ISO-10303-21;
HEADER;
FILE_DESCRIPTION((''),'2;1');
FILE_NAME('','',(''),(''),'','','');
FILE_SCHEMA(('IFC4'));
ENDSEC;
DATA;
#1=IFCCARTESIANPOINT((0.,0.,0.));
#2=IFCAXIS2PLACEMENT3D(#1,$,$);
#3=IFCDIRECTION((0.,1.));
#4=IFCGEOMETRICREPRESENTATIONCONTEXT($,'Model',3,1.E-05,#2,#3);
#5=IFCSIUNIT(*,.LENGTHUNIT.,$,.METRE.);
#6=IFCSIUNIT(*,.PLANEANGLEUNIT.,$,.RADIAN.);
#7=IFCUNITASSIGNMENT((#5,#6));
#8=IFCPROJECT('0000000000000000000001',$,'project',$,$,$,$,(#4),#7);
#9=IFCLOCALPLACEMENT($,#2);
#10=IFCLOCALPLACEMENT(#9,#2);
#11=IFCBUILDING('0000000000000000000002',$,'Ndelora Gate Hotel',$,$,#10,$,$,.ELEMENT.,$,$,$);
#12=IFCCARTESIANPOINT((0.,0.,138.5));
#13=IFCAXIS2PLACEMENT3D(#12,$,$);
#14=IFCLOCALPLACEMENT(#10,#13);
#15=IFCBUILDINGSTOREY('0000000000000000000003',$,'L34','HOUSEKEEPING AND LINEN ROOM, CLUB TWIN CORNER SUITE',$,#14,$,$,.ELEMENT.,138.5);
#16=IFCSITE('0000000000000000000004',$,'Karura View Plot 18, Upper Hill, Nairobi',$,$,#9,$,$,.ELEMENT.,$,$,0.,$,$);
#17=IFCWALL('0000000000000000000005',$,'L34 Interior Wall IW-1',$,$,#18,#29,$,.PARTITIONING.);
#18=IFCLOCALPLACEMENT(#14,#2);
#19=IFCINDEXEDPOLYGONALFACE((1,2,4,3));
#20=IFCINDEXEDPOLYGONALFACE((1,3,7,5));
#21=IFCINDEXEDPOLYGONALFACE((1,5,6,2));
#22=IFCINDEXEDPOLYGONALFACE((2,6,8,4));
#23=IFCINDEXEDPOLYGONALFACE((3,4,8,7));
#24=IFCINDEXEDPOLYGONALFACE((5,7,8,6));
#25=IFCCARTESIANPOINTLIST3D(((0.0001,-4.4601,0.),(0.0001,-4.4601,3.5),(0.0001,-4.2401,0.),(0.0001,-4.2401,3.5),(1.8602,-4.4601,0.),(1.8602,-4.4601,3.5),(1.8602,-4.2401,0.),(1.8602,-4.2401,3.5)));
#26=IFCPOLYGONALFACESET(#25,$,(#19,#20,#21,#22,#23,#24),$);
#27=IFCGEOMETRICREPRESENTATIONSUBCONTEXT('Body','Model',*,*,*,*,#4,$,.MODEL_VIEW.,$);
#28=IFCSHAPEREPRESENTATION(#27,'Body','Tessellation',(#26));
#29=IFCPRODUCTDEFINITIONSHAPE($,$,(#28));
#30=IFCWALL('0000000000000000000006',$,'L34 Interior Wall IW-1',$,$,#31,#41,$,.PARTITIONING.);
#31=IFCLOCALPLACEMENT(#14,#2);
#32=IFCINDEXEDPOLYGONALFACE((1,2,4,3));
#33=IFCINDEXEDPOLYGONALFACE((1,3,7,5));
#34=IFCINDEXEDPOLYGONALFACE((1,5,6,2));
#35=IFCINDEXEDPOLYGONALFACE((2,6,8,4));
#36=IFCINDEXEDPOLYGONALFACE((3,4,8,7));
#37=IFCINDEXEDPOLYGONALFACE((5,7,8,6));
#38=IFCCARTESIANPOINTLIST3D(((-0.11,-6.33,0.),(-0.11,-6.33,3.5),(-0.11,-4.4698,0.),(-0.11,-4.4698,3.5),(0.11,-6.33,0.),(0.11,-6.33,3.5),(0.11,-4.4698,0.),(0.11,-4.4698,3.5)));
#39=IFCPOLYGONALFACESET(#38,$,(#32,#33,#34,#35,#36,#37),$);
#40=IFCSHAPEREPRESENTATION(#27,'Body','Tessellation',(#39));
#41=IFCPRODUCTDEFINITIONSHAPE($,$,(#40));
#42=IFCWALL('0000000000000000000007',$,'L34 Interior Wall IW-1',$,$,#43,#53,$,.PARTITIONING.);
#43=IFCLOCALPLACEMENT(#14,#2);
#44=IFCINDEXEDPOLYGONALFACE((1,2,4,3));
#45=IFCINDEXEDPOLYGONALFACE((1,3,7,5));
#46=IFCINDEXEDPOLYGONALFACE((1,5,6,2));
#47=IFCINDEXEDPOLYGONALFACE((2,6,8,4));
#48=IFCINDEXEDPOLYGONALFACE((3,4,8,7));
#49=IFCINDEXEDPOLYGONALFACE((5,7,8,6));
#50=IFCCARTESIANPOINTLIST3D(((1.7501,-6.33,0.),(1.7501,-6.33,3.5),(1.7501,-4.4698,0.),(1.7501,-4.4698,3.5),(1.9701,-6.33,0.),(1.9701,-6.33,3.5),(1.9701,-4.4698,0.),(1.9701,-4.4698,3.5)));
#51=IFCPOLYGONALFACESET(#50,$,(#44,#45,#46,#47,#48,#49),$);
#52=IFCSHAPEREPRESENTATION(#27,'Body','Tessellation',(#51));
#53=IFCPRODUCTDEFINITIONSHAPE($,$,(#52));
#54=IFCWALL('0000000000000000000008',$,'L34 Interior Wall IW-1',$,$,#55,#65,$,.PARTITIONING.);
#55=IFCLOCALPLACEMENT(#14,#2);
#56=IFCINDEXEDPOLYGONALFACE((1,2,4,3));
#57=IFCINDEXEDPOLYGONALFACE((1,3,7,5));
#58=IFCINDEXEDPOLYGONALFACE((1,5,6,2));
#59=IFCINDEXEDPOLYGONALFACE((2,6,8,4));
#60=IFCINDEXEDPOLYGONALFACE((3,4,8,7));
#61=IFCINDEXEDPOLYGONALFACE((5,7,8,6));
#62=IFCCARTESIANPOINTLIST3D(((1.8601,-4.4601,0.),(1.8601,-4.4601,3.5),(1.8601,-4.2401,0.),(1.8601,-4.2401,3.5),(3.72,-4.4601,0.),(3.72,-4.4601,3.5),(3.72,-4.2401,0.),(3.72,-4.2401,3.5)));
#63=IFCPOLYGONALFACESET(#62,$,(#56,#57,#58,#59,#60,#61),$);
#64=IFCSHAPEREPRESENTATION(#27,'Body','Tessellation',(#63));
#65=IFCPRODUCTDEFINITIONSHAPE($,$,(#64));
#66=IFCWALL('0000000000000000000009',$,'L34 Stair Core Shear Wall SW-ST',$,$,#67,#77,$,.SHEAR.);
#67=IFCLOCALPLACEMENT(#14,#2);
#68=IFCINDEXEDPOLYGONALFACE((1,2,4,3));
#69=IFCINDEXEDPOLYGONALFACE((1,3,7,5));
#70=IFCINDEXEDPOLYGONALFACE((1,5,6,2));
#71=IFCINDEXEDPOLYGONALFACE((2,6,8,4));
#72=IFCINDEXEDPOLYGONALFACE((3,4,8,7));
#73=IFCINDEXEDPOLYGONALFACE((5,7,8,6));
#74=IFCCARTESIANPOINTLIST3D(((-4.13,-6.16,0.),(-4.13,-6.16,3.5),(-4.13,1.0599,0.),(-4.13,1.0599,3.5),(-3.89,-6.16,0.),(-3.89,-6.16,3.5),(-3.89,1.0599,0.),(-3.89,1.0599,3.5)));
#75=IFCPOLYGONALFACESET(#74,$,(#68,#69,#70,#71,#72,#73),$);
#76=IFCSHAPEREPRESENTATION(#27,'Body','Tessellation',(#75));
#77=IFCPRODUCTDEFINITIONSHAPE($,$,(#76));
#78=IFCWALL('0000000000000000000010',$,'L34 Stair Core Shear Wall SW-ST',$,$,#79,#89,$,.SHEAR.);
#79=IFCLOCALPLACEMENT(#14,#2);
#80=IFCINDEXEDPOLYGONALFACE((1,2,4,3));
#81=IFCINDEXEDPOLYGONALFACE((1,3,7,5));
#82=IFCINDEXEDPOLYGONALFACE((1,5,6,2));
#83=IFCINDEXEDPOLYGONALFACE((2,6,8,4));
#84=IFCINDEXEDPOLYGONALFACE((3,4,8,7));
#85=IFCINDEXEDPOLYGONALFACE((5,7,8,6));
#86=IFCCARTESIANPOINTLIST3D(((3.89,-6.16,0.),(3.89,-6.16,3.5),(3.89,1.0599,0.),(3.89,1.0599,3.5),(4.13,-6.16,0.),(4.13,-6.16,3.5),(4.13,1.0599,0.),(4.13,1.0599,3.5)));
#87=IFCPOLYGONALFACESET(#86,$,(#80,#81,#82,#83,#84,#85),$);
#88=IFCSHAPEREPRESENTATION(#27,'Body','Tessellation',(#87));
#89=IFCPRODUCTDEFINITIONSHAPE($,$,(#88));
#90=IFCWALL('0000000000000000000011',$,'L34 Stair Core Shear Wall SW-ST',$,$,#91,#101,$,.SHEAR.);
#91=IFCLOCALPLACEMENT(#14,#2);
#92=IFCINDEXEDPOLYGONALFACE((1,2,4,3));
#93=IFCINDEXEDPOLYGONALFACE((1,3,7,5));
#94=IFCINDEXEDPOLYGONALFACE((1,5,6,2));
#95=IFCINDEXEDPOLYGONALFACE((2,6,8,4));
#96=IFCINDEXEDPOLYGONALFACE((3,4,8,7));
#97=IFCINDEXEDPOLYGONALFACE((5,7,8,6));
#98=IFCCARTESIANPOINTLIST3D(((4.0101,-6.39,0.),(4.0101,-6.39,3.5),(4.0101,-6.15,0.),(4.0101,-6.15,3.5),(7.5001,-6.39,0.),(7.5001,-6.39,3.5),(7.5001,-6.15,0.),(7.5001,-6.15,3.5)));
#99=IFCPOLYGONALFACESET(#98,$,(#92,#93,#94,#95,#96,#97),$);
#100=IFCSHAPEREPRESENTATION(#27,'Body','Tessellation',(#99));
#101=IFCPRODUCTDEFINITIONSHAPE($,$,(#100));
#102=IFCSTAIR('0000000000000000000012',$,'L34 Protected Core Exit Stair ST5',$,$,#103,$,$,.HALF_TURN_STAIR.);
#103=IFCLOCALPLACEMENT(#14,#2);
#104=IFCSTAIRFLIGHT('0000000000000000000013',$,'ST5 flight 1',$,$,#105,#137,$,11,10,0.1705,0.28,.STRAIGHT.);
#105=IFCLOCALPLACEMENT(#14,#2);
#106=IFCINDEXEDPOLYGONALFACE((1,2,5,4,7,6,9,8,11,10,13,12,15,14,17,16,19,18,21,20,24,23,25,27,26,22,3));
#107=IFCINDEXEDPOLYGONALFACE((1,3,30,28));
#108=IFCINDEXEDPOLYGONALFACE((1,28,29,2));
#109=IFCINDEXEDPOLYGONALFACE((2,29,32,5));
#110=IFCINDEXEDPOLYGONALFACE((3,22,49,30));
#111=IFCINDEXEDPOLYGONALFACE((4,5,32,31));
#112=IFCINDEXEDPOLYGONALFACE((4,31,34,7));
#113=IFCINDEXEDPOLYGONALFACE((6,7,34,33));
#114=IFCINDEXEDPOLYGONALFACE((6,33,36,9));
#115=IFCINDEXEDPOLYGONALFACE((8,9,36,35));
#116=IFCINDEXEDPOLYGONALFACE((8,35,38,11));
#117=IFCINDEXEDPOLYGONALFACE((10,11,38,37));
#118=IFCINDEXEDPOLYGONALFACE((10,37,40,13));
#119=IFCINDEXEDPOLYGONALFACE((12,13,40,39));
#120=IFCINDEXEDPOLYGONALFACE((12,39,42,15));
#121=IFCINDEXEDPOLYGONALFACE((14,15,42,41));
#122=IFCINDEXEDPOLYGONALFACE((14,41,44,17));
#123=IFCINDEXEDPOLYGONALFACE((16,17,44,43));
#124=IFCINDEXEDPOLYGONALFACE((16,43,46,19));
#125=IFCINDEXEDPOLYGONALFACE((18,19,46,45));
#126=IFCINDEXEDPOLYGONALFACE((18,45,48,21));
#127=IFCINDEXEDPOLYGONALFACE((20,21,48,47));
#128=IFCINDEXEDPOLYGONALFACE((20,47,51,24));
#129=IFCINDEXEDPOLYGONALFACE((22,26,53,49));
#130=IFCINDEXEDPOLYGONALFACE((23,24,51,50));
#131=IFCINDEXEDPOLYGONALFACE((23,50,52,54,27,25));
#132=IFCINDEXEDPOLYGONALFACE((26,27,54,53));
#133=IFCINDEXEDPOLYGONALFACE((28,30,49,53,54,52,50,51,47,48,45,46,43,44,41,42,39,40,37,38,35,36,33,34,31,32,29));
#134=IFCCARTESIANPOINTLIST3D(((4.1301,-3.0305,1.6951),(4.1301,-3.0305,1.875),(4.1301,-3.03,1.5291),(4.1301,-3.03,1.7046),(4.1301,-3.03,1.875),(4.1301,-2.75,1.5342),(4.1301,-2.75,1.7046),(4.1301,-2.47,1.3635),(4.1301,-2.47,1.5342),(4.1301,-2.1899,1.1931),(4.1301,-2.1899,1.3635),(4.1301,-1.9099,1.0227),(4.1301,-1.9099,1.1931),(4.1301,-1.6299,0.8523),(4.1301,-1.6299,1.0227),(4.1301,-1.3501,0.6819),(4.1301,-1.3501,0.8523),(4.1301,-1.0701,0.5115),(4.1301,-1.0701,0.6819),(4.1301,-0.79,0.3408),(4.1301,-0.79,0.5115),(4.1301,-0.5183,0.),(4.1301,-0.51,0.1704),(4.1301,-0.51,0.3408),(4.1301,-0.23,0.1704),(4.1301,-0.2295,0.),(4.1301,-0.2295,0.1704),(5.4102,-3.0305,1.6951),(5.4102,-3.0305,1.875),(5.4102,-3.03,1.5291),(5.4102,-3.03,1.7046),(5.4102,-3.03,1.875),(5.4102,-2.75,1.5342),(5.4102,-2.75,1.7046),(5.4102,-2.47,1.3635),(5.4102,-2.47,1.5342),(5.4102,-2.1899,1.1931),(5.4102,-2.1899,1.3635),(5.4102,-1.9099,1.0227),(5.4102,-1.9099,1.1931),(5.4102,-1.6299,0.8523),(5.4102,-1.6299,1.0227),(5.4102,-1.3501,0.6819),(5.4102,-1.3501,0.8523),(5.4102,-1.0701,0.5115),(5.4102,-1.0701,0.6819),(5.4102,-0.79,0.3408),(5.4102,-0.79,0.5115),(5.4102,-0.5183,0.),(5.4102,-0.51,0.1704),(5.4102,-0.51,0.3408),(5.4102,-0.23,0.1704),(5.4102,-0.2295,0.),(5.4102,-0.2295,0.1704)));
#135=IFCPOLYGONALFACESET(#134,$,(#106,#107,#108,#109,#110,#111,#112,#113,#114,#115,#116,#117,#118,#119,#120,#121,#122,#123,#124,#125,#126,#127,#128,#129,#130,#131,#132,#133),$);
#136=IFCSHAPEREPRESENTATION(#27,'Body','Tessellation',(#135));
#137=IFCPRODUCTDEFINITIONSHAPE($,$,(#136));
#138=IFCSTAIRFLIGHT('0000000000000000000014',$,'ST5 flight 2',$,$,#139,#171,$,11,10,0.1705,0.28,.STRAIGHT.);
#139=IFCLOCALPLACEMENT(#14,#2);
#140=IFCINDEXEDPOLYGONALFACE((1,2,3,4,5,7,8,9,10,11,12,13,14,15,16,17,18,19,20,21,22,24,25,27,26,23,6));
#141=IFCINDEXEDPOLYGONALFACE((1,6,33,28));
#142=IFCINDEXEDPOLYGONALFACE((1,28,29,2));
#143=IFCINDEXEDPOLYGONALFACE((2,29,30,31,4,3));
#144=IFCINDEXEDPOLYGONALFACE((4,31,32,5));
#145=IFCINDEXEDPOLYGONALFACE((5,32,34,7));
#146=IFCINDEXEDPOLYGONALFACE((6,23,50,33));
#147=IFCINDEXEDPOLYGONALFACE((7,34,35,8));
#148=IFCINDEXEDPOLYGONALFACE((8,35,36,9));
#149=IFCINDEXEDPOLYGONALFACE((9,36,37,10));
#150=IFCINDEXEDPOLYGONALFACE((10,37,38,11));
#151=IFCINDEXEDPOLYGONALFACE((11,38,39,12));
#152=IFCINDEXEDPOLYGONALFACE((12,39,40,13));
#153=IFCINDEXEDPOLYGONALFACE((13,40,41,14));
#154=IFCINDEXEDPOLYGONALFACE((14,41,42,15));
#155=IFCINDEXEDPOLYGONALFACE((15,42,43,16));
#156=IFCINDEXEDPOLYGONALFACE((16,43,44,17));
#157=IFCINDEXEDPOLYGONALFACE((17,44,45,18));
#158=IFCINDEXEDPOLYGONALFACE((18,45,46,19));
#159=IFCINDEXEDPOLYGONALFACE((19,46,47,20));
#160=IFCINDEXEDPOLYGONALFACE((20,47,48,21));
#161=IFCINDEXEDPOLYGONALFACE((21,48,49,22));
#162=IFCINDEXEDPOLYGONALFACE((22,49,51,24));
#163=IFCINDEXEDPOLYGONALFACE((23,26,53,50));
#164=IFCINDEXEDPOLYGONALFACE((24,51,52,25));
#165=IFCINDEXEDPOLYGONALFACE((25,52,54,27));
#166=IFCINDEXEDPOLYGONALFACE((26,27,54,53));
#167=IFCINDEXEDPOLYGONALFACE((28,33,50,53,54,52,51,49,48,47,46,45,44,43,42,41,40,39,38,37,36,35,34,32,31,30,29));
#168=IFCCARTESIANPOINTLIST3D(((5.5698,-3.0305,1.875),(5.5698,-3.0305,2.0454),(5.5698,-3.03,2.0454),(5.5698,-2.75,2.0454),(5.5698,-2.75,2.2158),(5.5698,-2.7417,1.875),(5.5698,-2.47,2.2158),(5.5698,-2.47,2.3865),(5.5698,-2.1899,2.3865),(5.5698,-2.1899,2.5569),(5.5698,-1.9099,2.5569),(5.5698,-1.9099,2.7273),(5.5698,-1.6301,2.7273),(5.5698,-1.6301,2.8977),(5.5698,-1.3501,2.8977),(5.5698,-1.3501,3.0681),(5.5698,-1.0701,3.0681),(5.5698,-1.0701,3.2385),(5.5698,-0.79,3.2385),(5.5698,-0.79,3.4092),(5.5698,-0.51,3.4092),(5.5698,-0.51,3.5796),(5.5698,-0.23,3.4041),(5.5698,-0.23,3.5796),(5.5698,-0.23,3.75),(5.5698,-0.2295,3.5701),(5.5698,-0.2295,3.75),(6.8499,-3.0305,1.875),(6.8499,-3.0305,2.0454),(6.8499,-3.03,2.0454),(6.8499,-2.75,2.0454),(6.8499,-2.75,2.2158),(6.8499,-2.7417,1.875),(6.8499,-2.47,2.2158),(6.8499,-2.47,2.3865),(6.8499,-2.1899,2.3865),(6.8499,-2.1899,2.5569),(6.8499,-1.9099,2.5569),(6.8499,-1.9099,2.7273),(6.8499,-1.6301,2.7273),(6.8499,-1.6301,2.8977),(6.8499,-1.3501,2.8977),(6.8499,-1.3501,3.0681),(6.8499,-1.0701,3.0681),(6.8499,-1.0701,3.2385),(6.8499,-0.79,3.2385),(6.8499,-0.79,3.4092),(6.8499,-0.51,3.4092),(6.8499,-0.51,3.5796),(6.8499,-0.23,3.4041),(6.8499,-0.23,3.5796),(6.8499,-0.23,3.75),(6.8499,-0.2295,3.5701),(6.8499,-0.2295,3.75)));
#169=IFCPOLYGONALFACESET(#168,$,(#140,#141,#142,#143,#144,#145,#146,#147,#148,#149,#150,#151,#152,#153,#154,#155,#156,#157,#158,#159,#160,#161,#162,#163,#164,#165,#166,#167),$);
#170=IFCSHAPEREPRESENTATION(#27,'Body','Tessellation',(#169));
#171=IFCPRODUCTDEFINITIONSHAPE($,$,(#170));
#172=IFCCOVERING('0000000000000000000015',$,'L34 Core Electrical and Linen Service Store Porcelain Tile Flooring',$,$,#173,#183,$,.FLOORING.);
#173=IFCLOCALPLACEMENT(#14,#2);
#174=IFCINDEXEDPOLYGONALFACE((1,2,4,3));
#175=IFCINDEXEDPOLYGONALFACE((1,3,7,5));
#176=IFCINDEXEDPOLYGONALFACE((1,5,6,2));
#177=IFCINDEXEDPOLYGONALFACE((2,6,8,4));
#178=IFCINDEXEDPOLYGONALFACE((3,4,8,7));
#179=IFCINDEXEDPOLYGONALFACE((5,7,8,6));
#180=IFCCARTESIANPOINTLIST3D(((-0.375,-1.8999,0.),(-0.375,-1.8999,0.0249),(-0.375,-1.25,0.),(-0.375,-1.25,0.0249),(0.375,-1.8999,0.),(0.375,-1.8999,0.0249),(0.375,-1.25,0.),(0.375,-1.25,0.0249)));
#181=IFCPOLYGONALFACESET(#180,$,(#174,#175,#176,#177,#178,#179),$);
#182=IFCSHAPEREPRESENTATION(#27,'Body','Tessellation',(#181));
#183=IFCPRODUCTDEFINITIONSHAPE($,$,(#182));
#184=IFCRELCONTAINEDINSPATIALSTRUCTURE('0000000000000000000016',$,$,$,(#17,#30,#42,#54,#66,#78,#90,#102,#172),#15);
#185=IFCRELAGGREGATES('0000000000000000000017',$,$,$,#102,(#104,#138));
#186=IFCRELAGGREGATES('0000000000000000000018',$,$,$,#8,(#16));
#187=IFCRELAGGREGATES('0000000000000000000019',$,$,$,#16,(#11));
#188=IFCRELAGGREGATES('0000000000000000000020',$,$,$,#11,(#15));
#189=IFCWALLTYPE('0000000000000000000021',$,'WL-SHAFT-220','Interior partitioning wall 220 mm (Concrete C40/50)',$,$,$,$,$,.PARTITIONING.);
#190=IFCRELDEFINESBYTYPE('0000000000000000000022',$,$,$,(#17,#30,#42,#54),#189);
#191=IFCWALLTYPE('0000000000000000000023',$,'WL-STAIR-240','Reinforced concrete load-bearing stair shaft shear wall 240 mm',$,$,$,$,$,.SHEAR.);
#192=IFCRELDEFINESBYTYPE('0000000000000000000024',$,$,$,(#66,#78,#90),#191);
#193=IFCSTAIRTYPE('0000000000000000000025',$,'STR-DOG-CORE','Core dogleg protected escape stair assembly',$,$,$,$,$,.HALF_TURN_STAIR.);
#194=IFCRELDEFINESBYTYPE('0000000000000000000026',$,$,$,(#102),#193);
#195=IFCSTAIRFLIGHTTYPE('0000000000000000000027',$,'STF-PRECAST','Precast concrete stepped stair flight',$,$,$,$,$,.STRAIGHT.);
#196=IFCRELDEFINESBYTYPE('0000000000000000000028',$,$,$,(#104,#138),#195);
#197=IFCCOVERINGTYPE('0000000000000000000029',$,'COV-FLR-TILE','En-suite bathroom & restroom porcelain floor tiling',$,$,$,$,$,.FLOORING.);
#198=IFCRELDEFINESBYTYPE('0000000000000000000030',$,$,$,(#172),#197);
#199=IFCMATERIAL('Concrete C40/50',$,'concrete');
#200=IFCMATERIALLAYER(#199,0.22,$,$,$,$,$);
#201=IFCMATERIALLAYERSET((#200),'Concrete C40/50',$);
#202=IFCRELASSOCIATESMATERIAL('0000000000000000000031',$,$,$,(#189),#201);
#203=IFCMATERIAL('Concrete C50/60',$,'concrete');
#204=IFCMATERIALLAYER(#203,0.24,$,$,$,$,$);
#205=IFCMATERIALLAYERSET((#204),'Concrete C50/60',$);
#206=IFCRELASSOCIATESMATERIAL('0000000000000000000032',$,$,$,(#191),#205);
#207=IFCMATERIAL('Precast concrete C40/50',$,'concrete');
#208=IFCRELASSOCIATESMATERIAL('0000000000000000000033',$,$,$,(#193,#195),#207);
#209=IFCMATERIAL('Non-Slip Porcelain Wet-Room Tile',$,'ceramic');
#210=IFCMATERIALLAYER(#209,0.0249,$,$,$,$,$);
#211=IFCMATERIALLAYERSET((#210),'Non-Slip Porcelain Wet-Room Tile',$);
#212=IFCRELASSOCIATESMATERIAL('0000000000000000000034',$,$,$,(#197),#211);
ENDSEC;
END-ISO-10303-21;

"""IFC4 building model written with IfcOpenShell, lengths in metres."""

from ifc_helpers import new_model, si_unit, direction, frame, frame_2d, origin, origin_2d, place, context, subcontext, project, spatial, polyline, rectangle, outline, extrude, material, layer, layer_set, type_object, element, aggregate, save


model = new_model("IFC4")

# Units and contexts
model_context = context("Model", 3, precision=1e-05, world=origin(), true_north=direction((0.0, 1.0)))
body_context = subcontext(model_context, "Body", "Model", "MODEL_VIEW")
ifc_project = project(units=[si_unit("LENGTHUNIT", "METRE"), si_unit("PLANEANGLEUNIT", "RADIAN")], contexts=[model_context])

# Site, building, storey
site_placement = place(None, origin())
site = spatial("IfcSite", under=ifc_project, at=site_placement, Name="Karura View Plot 18, Upper Hill, Nairobi", CompositionType="ELEMENT", RefElevation=0.0)
building_placement = place(site_placement, origin())
building = spatial("IfcBuilding", under=site, at=building_placement, Name="Ndelora Gate Hotel", CompositionType="ELEMENT")
storey_placement = place(building_placement, frame((0.0, 0.0, 138.5)))
storey = spatial("IfcBuildingStorey", under=building, at=storey_placement, Name="L34", Description="HOUSEKEEPING AND LINEN ROOM, CLUB TWIN CORNER SUITE", CompositionType="ELEMENT", Elevation=138.5)

# Walls
ifc_material_1 = material(Name="Concrete C40/50", Category="concrete")
ifc_layer_1 = layer(ifc_material_1, 0.22)
ifc_layer_set_1 = layer_set([ifc_layer_1], Name="Concrete C40/50")
wall_type_1 = type_object("IfcWallType", Name="WL-SHAFT-220", Description="Interior partitioning wall 220 mm (Concrete C40/50)", PredefinedType="PARTITIONING", material=ifc_layer_set_1)
for number, where, z_axis, x_axis, name in (
    (1, (0.0, -4.3501, 0.0), (0.0, 0.0, 1.0), (1.0, 0.0, 0.0), "L34 Interior Wall IW-1"),
    (2, (0.0, -6.3301, 0.0), (0.0, 0.0, 1.0), (0.0, 1.0, 0.0), "L34 Interior Wall IW-1"),
    (3, (1.8601, -6.3301, 0.0), (0.0, 0.0, 1.0), (0.0, 1.0, 0.0), "L34 Interior Wall IW-1"),
):
    element("IfcWall", number, at=place(storey_placement, frame(where, z_axis=z_axis, x_axis=x_axis)), inside=storey, type_object=wall_type_1, Name=name, PredefinedType="PARTITIONING", context=body_context, shape_type="SweptSolid", body=[
        extrude(rectangle(XDim=1.8601, YDim=0.22, at=frame_2d((0.9302, 0.0))), origin(), (0.0, 0.0, 1.0), 3.5),
    ])

# Walls
wall_1_placement = place(storey_placement, frame((1.8601, -4.3501, 0.0), z_axis=(0.0, 0.0, 1.0), x_axis=(1.0, 0.0, 0.0)))
element("IfcWall", 4, at=wall_1_placement, inside=storey, type_object=wall_type_1, Name="L34 Interior Wall IW-1", PredefinedType="PARTITIONING", context=body_context, shape_type="SweptSolid", body=[
    extrude(rectangle(XDim=1.8599, YDim=0.22, at=frame_2d((0.9299, 0.0))), origin(), (0.0, 0.0, 1.0), 3.5),
])
ifc_material_2 = material(Name="Concrete C50/60", Category="concrete")
ifc_layer_2 = layer(ifc_material_2, 0.24)
ifc_layer_set_2 = layer_set([ifc_layer_2], Name="Concrete C50/60")
wall_type_2 = type_object("IfcWallType", Name="WL-STAIR-240", Description="Reinforced concrete load-bearing stair shaft shear wall 240 mm", PredefinedType="SHEAR", material=ifc_layer_set_2)
for number, where, z_axis, x_axis, name in (
    (5, (-4.01, -6.1599, 0.0), (0.0, 0.0, 1.0), (0.0, 1.0, 0.0), "L34 Stair Core Shear Wall SW-ST"),
    (6, (4.01, -6.1599, 0.0), (0.0, 0.0, 1.0), (0.0, 1.0, 0.0), "L34 Stair Core Shear Wall SW-ST"),
):
    element("IfcWall", number, at=place(storey_placement, frame(where, z_axis=z_axis, x_axis=x_axis)), inside=storey, type_object=wall_type_2, Name=name, PredefinedType="SHEAR", context=body_context, shape_type="SweptSolid", body=[
        extrude(rectangle(XDim=7.22, YDim=0.24, at=frame_2d((3.6099, 0.0))), origin(), (0.0, 0.0, 1.0), 3.5),
    ])
wall_2_placement = place(storey_placement, frame((4.01, -6.27, 0.0), z_axis=(0.0, 0.0, 1.0), x_axis=(1.0, 0.0, 0.0)))
element("IfcWall", 7, at=wall_2_placement, inside=storey, type_object=wall_type_2, Name="L34 Stair Core Shear Wall SW-ST", PredefinedType="SHEAR", context=body_context, shape_type="SweptSolid", body=[
    extrude(rectangle(XDim=3.49, YDim=0.24, at=frame_2d((1.7451, 0.0))), origin(), (0.0, 0.0, 1.0), 3.5),
])

# Stair, stair flights
ifc_material_3 = material(Name="Precast concrete C40/50", Category="concrete")
stair_type = type_object("IfcStairType", Name="STR-DOG-CORE", Description="Core dogleg protected escape stair assembly", PredefinedType="HALF_TURN_STAIR", material=ifc_material_3)
stair_placement = place(storey_placement, origin())
stair = element("IfcStair", 8, at=stair_placement, inside=storey, type_object=stair_type, Name="L34 Protected Core Exit Stair ST5", PredefinedType="HALF_TURN_STAIR")
stair_flight_type = type_object("IfcStairFlightType", Name="STF-PRECAST", Description="Precast concrete stepped stair flight", PredefinedType="STRAIGHT", material=ifc_material_3)
stair_flight_1_placement = place(storey_placement, frame((4.77, -0.23, 0.0), z_axis=(0.0, 0.0, 1.0), x_axis=(0.0, -1.0, 0.0)))
stair_flight_1 = element("IfcStairFlight", 9, at=stair_flight_1_placement, type_object=stair_flight_type, Name="ST5 flight 1", NumberOfRisers=11, NumberOfTreads=10, PredefinedType="STRAIGHT", RiserHeight=0.1705, TreadLength=0.28, context=body_context, shape_type="SweptSolid", body=[
    extrude(outline(polyline([(-0.0005, 0.0), (-0.0005, 0.1704), (0.0, 0.1704), (0.28, 0.1704), (0.28, 0.3408), (0.5601, 0.3408), (0.5601, 0.5115), (0.8401, 0.5115), (0.8401, 0.6819), (1.1201, 0.6819), (1.1201, 0.8523), (1.3999, 0.8523), (1.3999, 1.0227), (1.6799, 1.0227), (1.6799, 1.1931), (1.96, 1.1931), (1.96, 1.3635), (2.24, 1.3635), (2.24, 1.5342), (2.52, 1.5342), (2.52, 1.7046), (2.8, 1.7046), (2.8, 1.875), (2.8005, 1.875), (2.8005, 1.6951), (2.8, 1.5291), (0.2883, 0.0), (-0.0005, 0.0)])), frame((0.0, 0.6401, 0.0), z_axis=(0.0, -1.0, 0.0), x_axis=(1.0, 0.0, 0.0)), (0.0, 0.0, 1.0), 1.28),
])
stair_flight_2_placement = place(storey_placement, frame((6.21, -3.03, 1.875), z_axis=(0.0, 0.0, 1.0), x_axis=(0.0, 1.0, 0.0)))
stair_flight_2 = element("IfcStairFlight", 10, at=stair_flight_2_placement, type_object=stair_flight_type, Name="ST5 flight 2", NumberOfRisers=11, NumberOfTreads=10, PredefinedType="STRAIGHT", RiserHeight=0.1705, TreadLength=0.28, context=body_context, shape_type="SweptSolid", body=[
    extrude(outline(polyline([(-0.0005, 0.0), (-0.0005, 0.1704), (0.0, 0.1704), (0.28, 0.1704), (0.28, 0.3408), (0.5601, 0.3408), (0.5601, 0.5115), (0.8401, 0.5115), (0.8401, 0.6819), (1.1201, 0.6819), (1.1201, 0.8523), (1.3999, 0.8523), (1.3999, 1.0227), (1.6799, 1.0227), (1.6799, 1.1931), (1.96, 1.1931), (1.96, 1.3635), (2.24, 1.3635), (2.24, 1.5342), (2.52, 1.5342), (2.52, 1.7046), (2.8, 1.7046), (2.8, 1.875), (2.8005, 1.875), (2.8005, 1.6951), (2.8, 1.5291), (0.2883, 0.0), (-0.0005, 0.0)])), frame((0.0, 0.6401, 0.0), z_axis=(0.0, -1.0, 0.0), x_axis=(1.0, 0.0, 0.0)), (0.0, 0.0, 1.0), 1.28),
])
aggregate(stair, [stair_flight_1, stair_flight_2])

# Covering
ifc_material_4 = material(Name="Non-Slip Porcelain Wet-Room Tile", Category="ceramic")
ifc_layer_3 = layer(ifc_material_4, 0.0249)
ifc_layer_set_3 = layer_set([ifc_layer_3], Name="Non-Slip Porcelain Wet-Room Tile")
covering_type = type_object("IfcCoveringType", Name="COV-FLR-TILE", Description="En-suite bathroom & restroom porcelain floor tiling", PredefinedType="FLOORING", material=ifc_layer_set_3)
covering_placement = place(storey_placement, frame((0.0, -1.575, 0.0), z_axis=(0.0, 0.0, 1.0), x_axis=(1.0, 0.0, 0.0)))
element("IfcCovering", 11, at=covering_placement, inside=storey, type_object=covering_type, Name="L34 Core Electrical and Linen Service Store Porcelain Tile Flooring", PredefinedType="FLOORING", context=body_context, shape_type="SweptSolid", body=[
    extrude(rectangle(XDim=0.75, YDim=0.6499, at=origin_2d()), origin(), (0.0, 0.0, 1.0), 0.0249),
])

save(model, "model.ifc")
